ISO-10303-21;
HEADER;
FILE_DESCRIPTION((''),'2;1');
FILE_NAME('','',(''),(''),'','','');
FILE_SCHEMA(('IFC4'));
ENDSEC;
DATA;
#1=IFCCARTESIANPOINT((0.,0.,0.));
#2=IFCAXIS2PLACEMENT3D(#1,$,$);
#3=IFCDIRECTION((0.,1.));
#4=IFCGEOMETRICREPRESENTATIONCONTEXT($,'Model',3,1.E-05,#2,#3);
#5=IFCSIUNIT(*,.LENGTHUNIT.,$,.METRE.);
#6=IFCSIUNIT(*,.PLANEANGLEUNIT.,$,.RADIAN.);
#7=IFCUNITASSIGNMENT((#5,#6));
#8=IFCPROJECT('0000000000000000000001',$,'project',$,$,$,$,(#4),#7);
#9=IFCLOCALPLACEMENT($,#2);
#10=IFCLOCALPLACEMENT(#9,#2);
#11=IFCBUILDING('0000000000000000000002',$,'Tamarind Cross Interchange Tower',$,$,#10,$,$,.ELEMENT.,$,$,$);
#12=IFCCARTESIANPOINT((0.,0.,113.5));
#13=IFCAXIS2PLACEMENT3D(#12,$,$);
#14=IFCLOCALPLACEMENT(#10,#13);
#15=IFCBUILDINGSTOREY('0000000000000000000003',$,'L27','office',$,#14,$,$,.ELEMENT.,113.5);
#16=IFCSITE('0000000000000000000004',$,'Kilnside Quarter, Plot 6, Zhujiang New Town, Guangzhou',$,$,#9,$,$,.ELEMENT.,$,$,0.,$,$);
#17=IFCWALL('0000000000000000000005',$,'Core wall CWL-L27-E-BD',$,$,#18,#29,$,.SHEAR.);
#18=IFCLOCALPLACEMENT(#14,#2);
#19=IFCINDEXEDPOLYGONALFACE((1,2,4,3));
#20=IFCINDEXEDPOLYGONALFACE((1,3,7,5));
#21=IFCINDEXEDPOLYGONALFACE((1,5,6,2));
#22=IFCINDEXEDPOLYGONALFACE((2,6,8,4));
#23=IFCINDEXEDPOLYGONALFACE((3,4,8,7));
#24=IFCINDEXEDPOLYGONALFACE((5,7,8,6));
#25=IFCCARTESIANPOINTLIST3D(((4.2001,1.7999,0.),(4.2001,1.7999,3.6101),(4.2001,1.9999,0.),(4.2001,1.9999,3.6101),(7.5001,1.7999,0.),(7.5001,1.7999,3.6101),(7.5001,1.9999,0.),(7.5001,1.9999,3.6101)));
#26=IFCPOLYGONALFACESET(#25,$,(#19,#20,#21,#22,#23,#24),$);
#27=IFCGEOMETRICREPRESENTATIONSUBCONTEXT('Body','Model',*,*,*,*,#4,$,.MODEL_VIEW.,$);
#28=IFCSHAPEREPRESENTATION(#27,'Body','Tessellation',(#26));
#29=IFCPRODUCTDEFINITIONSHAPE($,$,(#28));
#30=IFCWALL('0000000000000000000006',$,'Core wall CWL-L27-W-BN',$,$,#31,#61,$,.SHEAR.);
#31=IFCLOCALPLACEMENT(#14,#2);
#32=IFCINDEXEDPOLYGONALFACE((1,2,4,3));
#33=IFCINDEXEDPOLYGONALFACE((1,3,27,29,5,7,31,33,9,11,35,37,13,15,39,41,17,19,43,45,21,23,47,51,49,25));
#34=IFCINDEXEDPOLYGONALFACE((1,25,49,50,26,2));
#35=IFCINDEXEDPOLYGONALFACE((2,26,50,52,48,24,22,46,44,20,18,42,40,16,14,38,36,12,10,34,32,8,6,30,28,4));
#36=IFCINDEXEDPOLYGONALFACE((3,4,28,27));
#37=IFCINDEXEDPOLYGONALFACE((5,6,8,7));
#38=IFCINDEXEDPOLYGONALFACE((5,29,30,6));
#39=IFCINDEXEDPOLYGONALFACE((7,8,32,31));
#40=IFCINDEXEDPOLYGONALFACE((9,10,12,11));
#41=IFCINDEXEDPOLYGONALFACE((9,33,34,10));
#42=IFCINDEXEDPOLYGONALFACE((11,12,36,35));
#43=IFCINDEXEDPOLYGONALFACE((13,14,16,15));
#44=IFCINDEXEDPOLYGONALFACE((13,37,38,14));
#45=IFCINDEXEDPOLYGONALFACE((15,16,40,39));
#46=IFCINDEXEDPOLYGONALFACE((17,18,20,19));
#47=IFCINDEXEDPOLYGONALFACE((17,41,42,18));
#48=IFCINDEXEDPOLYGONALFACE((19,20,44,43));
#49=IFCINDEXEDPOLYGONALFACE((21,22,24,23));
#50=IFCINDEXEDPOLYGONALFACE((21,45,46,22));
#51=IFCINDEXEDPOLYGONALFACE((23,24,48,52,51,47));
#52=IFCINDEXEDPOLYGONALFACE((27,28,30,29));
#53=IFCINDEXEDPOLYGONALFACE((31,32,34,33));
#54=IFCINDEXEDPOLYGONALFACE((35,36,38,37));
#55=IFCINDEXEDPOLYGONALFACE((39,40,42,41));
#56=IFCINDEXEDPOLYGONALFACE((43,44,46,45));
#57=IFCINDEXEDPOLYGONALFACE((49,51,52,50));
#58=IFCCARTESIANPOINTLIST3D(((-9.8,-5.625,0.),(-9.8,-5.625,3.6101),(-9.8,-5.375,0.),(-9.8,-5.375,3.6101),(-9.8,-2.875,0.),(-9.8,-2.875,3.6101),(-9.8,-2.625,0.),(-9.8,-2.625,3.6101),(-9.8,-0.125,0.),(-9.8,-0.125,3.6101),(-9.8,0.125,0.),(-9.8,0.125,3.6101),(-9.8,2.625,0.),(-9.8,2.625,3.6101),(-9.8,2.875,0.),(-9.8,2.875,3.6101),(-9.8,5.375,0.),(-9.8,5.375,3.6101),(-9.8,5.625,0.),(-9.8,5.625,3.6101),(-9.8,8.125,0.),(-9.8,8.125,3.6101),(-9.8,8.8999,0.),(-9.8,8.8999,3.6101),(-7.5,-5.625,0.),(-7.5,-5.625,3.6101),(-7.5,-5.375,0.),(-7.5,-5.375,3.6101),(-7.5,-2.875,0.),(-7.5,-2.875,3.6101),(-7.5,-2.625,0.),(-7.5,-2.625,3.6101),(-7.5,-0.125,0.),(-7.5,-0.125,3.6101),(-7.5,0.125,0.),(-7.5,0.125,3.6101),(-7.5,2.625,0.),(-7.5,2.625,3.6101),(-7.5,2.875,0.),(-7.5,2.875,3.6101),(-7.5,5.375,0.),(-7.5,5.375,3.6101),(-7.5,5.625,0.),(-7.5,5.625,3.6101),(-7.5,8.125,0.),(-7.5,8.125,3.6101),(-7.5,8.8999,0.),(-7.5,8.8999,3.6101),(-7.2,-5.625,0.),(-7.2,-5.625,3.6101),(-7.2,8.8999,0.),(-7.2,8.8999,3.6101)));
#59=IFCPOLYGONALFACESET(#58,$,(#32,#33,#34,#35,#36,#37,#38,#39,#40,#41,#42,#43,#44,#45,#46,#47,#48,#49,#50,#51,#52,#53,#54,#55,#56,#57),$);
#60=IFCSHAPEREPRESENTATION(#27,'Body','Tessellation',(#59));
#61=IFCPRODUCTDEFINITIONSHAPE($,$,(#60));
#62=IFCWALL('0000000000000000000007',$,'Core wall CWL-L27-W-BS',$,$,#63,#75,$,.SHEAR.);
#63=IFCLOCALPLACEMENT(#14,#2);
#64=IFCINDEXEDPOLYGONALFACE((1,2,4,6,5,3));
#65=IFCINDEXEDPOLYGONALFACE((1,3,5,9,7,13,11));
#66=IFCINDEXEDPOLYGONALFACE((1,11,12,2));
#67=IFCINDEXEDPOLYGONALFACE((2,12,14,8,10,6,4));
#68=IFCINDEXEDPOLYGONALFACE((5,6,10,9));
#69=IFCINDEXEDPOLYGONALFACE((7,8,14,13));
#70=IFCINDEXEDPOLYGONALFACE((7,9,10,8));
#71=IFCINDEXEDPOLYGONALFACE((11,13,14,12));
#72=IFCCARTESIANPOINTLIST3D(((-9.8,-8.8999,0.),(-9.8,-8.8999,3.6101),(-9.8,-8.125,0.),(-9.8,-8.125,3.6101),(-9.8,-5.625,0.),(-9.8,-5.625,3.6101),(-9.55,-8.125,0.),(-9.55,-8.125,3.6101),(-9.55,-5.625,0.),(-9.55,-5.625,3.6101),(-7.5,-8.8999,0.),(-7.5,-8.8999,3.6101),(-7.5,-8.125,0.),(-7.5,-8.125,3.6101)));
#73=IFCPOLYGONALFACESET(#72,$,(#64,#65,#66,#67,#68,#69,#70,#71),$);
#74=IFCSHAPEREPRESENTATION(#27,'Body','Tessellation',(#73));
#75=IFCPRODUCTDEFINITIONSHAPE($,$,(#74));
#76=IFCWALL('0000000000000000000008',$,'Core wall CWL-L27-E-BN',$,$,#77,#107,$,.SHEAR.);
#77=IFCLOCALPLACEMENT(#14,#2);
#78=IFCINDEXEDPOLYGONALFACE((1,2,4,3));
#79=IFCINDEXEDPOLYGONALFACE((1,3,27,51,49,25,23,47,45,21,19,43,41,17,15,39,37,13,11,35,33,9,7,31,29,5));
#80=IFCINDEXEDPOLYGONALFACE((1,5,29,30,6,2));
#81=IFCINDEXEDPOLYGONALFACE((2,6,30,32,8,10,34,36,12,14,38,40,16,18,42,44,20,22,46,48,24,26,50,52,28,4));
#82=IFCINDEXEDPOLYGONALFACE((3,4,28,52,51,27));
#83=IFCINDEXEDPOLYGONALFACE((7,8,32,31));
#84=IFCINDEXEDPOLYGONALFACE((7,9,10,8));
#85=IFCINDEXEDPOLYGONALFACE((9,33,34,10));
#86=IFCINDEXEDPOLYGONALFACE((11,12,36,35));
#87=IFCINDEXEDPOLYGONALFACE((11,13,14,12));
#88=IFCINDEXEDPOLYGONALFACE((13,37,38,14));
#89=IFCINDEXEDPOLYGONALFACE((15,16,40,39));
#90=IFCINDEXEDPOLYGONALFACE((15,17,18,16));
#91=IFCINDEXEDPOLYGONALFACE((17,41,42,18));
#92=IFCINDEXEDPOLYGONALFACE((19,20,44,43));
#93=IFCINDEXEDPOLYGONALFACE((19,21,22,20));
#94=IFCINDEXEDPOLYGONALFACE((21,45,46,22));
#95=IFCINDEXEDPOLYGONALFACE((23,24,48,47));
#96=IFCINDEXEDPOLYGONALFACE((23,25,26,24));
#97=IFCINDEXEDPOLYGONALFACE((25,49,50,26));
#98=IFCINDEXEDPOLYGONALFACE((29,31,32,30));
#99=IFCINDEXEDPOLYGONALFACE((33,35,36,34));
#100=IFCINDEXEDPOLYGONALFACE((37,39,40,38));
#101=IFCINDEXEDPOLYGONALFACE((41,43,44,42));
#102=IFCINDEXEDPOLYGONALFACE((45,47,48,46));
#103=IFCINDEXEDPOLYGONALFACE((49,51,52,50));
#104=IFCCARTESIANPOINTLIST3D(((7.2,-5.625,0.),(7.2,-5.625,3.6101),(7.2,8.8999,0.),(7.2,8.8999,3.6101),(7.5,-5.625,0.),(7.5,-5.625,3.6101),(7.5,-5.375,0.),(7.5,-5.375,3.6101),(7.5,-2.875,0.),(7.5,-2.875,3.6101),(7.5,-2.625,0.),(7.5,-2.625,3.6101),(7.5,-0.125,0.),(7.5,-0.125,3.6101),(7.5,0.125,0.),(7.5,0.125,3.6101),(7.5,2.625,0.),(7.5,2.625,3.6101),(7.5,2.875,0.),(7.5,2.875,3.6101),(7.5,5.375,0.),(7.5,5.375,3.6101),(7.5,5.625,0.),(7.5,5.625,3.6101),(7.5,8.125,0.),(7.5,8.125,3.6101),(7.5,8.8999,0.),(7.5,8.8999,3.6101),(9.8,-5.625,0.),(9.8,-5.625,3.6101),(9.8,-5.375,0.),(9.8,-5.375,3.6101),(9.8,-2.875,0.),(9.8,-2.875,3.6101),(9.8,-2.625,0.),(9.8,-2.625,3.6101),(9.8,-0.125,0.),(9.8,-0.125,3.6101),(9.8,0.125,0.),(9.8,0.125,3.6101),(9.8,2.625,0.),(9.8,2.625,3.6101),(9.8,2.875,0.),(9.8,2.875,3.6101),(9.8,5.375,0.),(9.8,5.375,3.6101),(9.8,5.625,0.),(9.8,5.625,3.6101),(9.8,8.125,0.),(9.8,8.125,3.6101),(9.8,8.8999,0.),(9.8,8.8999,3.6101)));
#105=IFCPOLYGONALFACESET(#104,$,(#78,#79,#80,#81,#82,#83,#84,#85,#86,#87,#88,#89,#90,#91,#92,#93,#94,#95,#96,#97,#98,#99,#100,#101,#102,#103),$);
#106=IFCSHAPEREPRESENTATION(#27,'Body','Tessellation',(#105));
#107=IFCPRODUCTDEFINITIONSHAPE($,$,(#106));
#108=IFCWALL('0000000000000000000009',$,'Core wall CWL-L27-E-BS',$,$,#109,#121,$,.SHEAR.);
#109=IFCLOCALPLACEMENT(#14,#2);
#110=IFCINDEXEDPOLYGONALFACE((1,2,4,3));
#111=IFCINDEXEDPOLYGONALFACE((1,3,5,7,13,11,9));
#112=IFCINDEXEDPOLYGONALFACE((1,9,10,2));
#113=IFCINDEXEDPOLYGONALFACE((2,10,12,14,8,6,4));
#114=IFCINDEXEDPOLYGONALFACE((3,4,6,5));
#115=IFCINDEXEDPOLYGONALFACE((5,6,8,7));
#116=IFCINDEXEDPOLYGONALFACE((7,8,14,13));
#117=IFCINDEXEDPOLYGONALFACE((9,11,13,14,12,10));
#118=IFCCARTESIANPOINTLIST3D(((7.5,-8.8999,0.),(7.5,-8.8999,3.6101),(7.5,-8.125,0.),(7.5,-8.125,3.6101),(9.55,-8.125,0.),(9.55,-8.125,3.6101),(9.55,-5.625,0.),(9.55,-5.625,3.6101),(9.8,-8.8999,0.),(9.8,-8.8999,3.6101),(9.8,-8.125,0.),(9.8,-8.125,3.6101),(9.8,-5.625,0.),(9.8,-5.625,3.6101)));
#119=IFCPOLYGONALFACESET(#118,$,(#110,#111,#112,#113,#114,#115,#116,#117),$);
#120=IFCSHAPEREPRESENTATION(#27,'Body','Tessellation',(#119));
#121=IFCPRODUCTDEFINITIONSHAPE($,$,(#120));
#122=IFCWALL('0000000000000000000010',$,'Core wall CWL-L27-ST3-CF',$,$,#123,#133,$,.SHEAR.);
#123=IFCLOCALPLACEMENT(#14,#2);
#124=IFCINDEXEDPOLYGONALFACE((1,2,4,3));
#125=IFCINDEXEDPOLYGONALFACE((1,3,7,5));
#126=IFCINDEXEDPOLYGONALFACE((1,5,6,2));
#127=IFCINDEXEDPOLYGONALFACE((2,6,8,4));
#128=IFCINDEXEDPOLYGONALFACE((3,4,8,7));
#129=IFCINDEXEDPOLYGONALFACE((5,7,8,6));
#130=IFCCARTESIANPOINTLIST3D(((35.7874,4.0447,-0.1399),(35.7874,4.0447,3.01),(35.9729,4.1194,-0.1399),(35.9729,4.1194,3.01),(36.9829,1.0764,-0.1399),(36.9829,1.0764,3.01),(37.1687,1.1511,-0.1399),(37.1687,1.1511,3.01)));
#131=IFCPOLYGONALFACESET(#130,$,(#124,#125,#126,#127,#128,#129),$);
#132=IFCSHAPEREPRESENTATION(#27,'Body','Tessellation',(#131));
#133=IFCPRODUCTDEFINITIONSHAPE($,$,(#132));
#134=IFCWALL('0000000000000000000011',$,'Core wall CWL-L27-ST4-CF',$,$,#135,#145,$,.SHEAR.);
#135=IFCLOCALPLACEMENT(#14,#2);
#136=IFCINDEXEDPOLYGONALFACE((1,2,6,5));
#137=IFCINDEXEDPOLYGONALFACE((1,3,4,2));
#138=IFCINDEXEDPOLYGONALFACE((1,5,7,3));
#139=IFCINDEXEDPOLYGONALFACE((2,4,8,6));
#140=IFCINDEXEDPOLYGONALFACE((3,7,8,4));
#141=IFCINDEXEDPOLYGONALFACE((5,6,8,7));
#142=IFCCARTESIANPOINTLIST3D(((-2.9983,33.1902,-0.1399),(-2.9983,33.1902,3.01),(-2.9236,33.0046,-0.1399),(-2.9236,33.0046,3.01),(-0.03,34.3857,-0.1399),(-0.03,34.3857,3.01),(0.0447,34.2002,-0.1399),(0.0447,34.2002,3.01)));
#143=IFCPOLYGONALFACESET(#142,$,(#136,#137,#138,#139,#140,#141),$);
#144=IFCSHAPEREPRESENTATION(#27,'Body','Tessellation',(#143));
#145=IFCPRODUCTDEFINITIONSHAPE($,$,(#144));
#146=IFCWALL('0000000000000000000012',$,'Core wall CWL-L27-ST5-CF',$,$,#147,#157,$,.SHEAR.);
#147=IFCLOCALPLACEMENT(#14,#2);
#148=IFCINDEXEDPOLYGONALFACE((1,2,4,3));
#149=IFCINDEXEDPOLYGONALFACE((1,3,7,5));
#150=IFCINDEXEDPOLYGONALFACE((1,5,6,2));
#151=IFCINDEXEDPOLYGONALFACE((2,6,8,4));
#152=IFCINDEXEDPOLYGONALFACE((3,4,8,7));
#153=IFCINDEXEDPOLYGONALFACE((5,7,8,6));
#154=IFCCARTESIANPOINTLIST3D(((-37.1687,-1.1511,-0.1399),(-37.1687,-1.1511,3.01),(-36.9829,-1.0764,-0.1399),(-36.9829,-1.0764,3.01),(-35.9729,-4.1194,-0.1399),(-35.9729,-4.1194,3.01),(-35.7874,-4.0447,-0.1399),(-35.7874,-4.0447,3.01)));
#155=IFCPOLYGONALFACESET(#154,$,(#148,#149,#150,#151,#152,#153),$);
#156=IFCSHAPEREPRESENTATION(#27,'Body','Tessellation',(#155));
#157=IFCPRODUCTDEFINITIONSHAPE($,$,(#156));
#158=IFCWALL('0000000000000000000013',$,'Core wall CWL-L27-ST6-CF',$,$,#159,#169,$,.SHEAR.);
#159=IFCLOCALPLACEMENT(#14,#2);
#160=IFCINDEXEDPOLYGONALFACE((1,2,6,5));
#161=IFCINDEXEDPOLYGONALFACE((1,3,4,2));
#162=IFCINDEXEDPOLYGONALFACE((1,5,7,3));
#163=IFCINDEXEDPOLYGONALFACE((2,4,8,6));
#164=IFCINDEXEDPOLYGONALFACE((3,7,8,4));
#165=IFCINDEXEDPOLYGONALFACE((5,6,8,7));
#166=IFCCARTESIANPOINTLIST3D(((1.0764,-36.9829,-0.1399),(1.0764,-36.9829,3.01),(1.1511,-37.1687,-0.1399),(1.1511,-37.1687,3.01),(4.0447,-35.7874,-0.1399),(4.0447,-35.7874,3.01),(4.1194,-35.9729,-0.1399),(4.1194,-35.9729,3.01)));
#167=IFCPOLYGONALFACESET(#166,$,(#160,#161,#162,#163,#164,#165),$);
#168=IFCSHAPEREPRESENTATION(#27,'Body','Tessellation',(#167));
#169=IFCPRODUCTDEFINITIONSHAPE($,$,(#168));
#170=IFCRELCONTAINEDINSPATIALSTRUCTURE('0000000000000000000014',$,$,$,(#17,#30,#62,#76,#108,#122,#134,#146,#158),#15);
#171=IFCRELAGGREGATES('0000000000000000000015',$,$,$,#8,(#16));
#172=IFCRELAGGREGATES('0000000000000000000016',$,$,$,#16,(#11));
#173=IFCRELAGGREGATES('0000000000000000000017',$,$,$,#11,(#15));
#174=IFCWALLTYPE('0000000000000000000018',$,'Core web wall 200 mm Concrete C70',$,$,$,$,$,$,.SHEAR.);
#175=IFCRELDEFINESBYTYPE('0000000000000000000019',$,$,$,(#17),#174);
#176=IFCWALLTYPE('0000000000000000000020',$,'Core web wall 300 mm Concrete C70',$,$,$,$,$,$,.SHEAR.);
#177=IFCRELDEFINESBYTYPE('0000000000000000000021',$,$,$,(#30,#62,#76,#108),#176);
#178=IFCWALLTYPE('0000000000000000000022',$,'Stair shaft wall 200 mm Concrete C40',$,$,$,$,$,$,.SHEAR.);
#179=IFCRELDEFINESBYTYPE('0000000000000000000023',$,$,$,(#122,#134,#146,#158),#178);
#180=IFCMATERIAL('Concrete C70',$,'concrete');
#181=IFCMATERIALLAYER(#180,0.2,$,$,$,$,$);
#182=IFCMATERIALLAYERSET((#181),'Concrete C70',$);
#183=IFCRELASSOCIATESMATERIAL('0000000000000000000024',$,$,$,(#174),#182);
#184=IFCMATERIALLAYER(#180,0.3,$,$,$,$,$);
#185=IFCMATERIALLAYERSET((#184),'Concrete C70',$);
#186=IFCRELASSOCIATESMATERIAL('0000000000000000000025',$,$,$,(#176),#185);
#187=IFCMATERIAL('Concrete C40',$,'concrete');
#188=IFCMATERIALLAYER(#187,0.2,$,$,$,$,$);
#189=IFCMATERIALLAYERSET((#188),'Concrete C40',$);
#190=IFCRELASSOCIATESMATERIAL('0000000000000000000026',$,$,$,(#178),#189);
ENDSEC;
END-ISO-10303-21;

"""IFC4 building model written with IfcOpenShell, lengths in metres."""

from ifc_helpers import new_model, si_unit, direction, frame, frame_2d, origin, place, context, subcontext, project, spatial, polyline, rectangle, outline, extrude, material, layer, layer_set, type_object, element, save


model = new_model("IFC4")

# Units and contexts
model_context = context("Model", 3, precision=1e-05, world=origin(), true_north=direction((0.0, 1.0)))
body_context = subcontext(model_context, "Body", "Model", "MODEL_VIEW")
ifc_project = project(units=[si_unit("LENGTHUNIT", "METRE"), si_unit("PLANEANGLEUNIT", "RADIAN")], contexts=[model_context])

# Site, building, storey
site_placement = place(None, origin())
site = spatial("IfcSite", under=ifc_project, at=site_placement, Name="Kilnside Quarter, Plot 6, Zhujiang New Town, Guangzhou", CompositionType="ELEMENT", RefElevation=0.0)
building_placement = place(site_placement, origin())
building = spatial("IfcBuilding", under=site, at=building_placement, Name="Tamarind Cross Interchange Tower", CompositionType="ELEMENT")
storey_placement = place(building_placement, frame((0.0, 0.0, 113.5)))
storey = spatial("IfcBuildingStorey", under=building, at=storey_placement, Name="L27", Description="office", CompositionType="ELEMENT", Elevation=113.5)

# Shared definitions
ifc_material_1 = material(Name="Concrete C40", Category="concrete")

# Walls
ifc_material_2 = material(Name="Concrete C70", Category="concrete")
ifc_layer_1 = layer(ifc_material_2, 0.2)
ifc_layer_set_1 = layer_set([ifc_layer_1], Name="Concrete C70")
wall_type_1 = type_object("IfcWallType", Name="Core web wall 200 mm Concrete C70", PredefinedType="SHEAR", material=ifc_layer_set_1)
wall_1_placement = place(storey_placement, frame((7.5, 1.8999, 0.0), z_axis=(0.0, 0.0, 1.0), x_axis=(-1.0, 0.0, 0.0)))
element("IfcWall", 1, at=wall_1_placement, inside=storey, type_object=wall_type_1, Name="Core wall CWL-L27-E-BD", PredefinedType="SHEAR", context=body_context, shape_type="SweptSolid", body=[
    extrude(rectangle(XDim=3.3, YDim=0.2, at=frame_2d((1.6499, 0.0))), origin(), (0.0, 0.0, 1.0), 3.6101),
])
ifc_layer_2 = layer(ifc_material_2, 0.3)
ifc_layer_set_2 = layer_set([ifc_layer_2], Name="Concrete C70")
wall_type_2 = type_object("IfcWallType", Name="Core web wall 300 mm Concrete C70", PredefinedType="SHEAR", material=ifc_layer_set_2)
wall_2_placement = place(storey_placement, origin())
element("IfcWall", 2, at=wall_2_placement, inside=storey, type_object=wall_type_2, Name="Core wall CWL-L27-W-BN", PredefinedType="SHEAR", context=body_context, shape_type="SweptSolid", body=[
    extrude(outline(polyline([(-9.8, -5.375), (-9.8, -5.625), (-7.5, -5.625), (-7.2, -5.625), (-7.2, 8.8999), (-7.5, 8.8999), (-9.8, 8.8999), (-9.8, 8.125), (-7.5, 8.125), (-7.5, 5.625), (-9.8, 5.625), (-9.8, 5.375), (-7.5, 5.375), (-7.5, 2.875), (-9.8, 2.875), (-9.8, 2.625), (-7.5, 2.625), (-7.5, 0.125), (-9.8, 0.125), (-9.8, -0.125), (-7.5, -0.125), (-7.5, -2.625), (-9.8, -2.625), (-9.8, -2.875), (-7.5, -2.875), (-7.5, -5.375), (-9.8, -5.375)])), origin(), (0.0, 0.0, 1.0), 3.6101),
])
wall_3_placement = place(storey_placement, origin())
element("IfcWall", 3, at=wall_3_placement, inside=storey, type_object=wall_type_2, Name="Core wall CWL-L27-W-BS", PredefinedType="SHEAR", context=body_context, shape_type="SweptSolid", body=[
    extrude(outline(polyline([(-7.5, -8.125), (-9.55, -8.125), (-9.55, -5.625), (-9.8, -5.625), (-9.8, -8.125), (-9.8, -8.8999), (-7.5, -8.8999), (-7.5, -8.125)])), origin(), (0.0, 0.0, 1.0), 3.6101),
])
wall_4_placement = place(storey_placement, origin())
element("IfcWall", 4, at=wall_4_placement, inside=storey, type_object=wall_type_2, Name="Core wall CWL-L27-E-BN", PredefinedType="SHEAR", context=body_context, shape_type="SweptSolid", body=[
    extrude(outline(polyline([(9.8, -5.375), (7.5, -5.375), (7.5, -2.875), (9.8, -2.875), (9.8, -2.625), (7.5, -2.625), (7.5, -0.125), (9.8, -0.125), (9.8, 0.125), (7.5, 0.125), (7.5, 2.625), (9.8, 2.625), (9.8, 2.875), (7.5, 2.875), (7.5, 5.375), (9.8, 5.375), (9.8, 5.625), (7.5, 5.625), (7.5, 8.125), (9.8, 8.125), (9.8, 8.8999), (7.5, 8.8999), (7.2, 8.8999), (7.2, -5.625), (7.5, -5.625), (9.8, -5.625), (9.8, -5.375)])), origin(), (0.0, 0.0, 1.0), 3.6101),
])
wall_5_placement = place(storey_placement, origin())
element("IfcWall", 5, at=wall_5_placement, inside=storey, type_object=wall_type_2, Name="Core wall CWL-L27-E-BS", PredefinedType="SHEAR", context=body_context, shape_type="SweptSolid", body=[
    extrude(outline(polyline([(7.5, -8.125), (7.5, -8.8999), (9.8, -8.8999), (9.8, -8.125), (9.8, -5.625), (9.55, -5.625), (9.55, -8.125), (7.5, -8.125)])), origin(), (0.0, 0.0, 1.0), 3.6101),
])
ifc_layer_3 = layer(ifc_material_1, 0.2)
ifc_layer_set_3 = layer_set([ifc_layer_3], Name="Concrete C40")
wall_type_3 = type_object("IfcWallType", Name="Stair shaft wall 200 mm Concrete C40", PredefinedType="SHEAR", material=ifc_layer_set_3)
wall_6_placement = place(storey_placement, frame((0.0, 0.0, -0.1399)))
element("IfcWall", 6, at=wall_6_placement, inside=storey, type_object=wall_type_3, Name="Core wall CWL-L27-ST3-CF", PredefinedType="SHEAR", context=body_context, shape_type="SweptSolid", body=[
    extrude(outline(polyline([(36.9829, 1.0764), (37.1687, 1.1511), (35.9729, 4.1194), (35.7874, 4.0447), (36.9829, 1.0764)])), origin(), (0.0, 0.0, 1.0), 3.1499),
])
wall_7_placement = place(storey_placement, frame((0.0, 0.0, -0.1399)))
element("IfcWall", 7, at=wall_7_placement, inside=storey, type_object=wall_type_3, Name="Core wall CWL-L27-ST4-CF", PredefinedType="SHEAR", context=body_context, shape_type="SweptSolid", body=[
    extrude(outline(polyline([(0.0447, 34.2002), (-0.03, 34.3857), (-2.9983, 33.1902), (-2.9236, 33.0046), (0.0447, 34.2002)])), origin(), (0.0, 0.0, 1.0), 3.1499),
])
wall_8_placement = place(storey_placement, frame((0.0, 0.0, -0.1399)))
element("IfcWall", 8, at=wall_8_placement, inside=storey, type_object=wall_type_3, Name="Core wall CWL-L27-ST5-CF", PredefinedType="SHEAR", context=body_context, shape_type="SweptSolid", body=[
    extrude(outline(polyline([(-36.9829, -1.0764), (-37.1687, -1.1511), (-35.9729, -4.1194), (-35.7874, -4.0447), (-36.9829, -1.0764)])), origin(), (0.0, 0.0, 1.0), 3.1499),
])
wall_9_placement = place(storey_placement, frame((0.0, 0.0, -0.1399)))
element("IfcWall", 9, at=wall_9_placement, inside=storey, type_object=wall_type_3, Name="Core wall CWL-L27-ST6-CF", PredefinedType="SHEAR", context=body_context, shape_type="SweptSolid", body=[
    extrude(outline(polyline([(1.0764, -36.9829), (1.1511, -37.1687), (4.1194, -35.9729), (4.0447, -35.7874), (1.0764, -36.9829)])), origin(), (0.0, 0.0, 1.0), 3.1499),
])

save(model, "model.ifc")
